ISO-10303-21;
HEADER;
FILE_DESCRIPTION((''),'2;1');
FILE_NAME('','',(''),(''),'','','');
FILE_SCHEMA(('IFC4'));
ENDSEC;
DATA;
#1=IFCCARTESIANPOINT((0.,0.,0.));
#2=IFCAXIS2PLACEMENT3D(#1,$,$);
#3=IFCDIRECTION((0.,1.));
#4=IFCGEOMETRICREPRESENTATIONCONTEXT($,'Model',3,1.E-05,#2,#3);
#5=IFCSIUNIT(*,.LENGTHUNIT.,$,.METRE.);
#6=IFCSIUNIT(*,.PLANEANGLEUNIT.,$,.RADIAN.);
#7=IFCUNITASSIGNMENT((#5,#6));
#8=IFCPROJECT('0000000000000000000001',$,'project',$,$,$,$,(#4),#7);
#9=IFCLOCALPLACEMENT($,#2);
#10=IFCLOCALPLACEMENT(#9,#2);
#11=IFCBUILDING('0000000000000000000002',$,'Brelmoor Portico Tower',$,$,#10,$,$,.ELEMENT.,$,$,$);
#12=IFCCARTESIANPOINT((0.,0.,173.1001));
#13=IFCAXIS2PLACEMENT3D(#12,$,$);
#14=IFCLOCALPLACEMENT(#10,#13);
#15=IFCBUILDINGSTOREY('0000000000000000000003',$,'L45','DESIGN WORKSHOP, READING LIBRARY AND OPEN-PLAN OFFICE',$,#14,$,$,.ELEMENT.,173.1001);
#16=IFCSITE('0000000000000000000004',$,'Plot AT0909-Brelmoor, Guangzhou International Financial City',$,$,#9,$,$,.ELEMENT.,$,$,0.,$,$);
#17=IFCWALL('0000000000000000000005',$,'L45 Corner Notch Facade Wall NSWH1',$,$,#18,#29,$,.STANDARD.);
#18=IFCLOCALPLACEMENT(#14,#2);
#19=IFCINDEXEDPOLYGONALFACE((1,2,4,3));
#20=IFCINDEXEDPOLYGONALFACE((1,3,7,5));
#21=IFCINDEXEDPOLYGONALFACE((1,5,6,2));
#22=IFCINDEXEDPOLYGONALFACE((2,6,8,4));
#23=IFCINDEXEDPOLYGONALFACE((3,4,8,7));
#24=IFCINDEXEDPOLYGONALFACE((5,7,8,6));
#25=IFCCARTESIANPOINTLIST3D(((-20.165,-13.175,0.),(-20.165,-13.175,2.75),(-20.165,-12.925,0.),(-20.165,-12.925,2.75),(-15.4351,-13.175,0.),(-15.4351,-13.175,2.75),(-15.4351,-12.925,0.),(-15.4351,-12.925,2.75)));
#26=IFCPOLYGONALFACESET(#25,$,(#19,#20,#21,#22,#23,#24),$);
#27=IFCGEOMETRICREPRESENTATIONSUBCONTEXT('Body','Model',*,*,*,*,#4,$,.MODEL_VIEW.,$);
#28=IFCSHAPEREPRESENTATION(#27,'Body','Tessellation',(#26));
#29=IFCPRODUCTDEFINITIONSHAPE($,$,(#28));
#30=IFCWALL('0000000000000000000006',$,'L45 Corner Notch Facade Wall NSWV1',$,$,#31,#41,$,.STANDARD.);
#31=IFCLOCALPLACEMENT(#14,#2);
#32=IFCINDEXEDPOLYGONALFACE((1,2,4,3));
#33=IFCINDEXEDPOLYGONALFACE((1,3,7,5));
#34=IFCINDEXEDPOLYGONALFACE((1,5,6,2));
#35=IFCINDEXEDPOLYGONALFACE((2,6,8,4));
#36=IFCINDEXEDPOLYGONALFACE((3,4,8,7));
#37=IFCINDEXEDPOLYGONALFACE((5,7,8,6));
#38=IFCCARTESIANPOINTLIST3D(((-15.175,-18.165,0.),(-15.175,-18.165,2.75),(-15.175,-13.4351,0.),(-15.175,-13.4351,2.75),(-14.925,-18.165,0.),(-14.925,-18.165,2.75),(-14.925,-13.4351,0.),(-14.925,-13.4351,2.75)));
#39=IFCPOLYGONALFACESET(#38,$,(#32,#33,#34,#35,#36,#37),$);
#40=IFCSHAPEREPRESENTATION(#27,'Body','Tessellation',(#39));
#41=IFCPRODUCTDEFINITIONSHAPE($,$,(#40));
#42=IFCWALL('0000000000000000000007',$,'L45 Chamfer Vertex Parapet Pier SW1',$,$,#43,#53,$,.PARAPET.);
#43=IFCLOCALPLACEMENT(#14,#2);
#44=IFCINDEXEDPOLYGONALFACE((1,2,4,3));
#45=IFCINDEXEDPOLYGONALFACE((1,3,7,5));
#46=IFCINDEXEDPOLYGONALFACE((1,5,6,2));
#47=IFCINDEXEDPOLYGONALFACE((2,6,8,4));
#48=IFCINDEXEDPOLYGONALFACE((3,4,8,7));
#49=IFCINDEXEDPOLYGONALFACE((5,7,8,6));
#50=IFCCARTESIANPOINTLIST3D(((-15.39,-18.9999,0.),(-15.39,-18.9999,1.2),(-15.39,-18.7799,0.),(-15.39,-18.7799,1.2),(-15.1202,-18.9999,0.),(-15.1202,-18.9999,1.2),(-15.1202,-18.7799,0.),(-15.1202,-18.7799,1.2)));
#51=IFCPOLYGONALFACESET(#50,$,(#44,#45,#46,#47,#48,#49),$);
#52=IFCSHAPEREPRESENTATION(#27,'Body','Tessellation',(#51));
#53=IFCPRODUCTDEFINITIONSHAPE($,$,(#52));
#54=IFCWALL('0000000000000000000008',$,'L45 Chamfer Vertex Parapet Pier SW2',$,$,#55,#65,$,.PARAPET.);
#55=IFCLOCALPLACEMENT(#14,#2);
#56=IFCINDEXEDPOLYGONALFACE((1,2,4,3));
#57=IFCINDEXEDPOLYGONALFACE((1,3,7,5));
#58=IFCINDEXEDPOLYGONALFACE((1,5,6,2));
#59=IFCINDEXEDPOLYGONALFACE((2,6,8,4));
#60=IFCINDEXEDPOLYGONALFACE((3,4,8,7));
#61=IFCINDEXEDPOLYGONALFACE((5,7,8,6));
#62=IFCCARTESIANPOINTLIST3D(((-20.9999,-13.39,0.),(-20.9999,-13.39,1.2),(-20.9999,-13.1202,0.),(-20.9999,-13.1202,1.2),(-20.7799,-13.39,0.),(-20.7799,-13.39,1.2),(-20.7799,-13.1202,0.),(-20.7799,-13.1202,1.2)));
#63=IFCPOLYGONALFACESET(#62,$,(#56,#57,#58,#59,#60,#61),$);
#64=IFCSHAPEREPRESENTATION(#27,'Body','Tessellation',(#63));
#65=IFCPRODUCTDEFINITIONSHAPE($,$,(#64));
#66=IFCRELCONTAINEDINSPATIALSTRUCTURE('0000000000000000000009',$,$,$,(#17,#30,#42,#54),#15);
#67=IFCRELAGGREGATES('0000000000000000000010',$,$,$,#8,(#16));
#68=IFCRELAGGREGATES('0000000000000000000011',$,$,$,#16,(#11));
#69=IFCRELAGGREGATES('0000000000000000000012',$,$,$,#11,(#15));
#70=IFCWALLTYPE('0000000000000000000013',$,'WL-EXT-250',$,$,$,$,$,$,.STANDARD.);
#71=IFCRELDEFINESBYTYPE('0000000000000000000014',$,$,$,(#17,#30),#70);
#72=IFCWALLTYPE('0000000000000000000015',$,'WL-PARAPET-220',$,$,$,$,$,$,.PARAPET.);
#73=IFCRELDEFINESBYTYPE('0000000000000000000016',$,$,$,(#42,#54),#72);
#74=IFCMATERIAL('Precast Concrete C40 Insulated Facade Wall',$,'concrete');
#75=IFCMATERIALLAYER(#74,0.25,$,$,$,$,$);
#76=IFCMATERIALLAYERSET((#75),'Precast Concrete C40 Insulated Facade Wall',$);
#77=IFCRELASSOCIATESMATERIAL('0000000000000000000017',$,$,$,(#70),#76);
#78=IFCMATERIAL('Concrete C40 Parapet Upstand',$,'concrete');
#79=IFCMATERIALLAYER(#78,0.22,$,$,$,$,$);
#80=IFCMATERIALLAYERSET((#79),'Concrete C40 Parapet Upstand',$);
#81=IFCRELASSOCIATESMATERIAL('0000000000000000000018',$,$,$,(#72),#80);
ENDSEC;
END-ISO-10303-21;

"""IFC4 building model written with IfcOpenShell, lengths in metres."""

from ifc_helpers import new_model, si_unit, direction, frame, frame_2d, origin, place, context, subcontext, project, spatial, rectangle, extrude, material, layer, layer_set, type_object, element, save


model = new_model("IFC4")

# Units and contexts
model_context = context("Model", 3, precision=1e-05, world=origin(), true_north=direction((0.0, 1.0)))
body_context = subcontext(model_context, "Body", "Model", "MODEL_VIEW")
ifc_project = project(units=[si_unit("LENGTHUNIT", "METRE"), si_unit("PLANEANGLEUNIT", "RADIAN")], contexts=[model_context])

# Site, building, storey
site_placement = place(None, origin())
site = spatial("IfcSite", under=ifc_project, at=site_placement, Name="Plot AT0909-Brelmoor, Guangzhou International Financial City", CompositionType="ELEMENT", RefElevation=0.0)
building_placement = place(site_placement, origin())
building = spatial("IfcBuilding", under=site, at=building_placement, Name="Brelmoor Portico Tower", CompositionType="ELEMENT")
storey_placement = place(building_placement, frame((0.0, 0.0, 173.1001)))
storey = spatial("IfcBuildingStorey", under=building, at=storey_placement, Name="L45", Description="DESIGN WORKSHOP, READING LIBRARY AND OPEN-PLAN OFFICE", CompositionType="ELEMENT", Elevation=173.1001)

# Walls
ifc_material_1 = material(Name="Precast Concrete C40 Insulated Facade Wall", Category="concrete")
ifc_layer_1 = layer(ifc_material_1, 0.25)
ifc_layer_set_1 = layer_set([ifc_layer_1], Name="Precast Concrete C40 Insulated Facade Wall")
wall_type_1 = type_object("IfcWallType", Name="WL-EXT-250", PredefinedType="STANDARD", material=ifc_layer_set_1)
for number, where, z_axis, x_axis, name in (
    (1, (-20.165, -13.05, 0.0), (0.0, 0.0, 1.0), (1.0, 0.0, 0.0), "L45 Corner Notch Facade Wall NSWH1"),
    (2, (-15.05, -18.165, 0.0), (0.0, 0.0, 1.0), (0.0, 1.0, 0.0), "L45 Corner Notch Facade Wall NSWV1"),
):
    element("IfcWall", number, at=place(storey_placement, frame(where, z_axis=z_axis, x_axis=x_axis)), inside=storey, type_object=wall_type_1, Name=name, PredefinedType="STANDARD", context=body_context, shape_type="SweptSolid", body=[
        extrude(rectangle(XDim=4.73, YDim=0.25, at=frame_2d((2.365, 0.0))), origin(), (0.0, 0.0, 1.0), 2.75),
    ])
ifc_material_2 = material(Name="Concrete C40 Parapet Upstand", Category="concrete")
ifc_layer_2 = layer(ifc_material_2, 0.22)
ifc_layer_set_2 = layer_set([ifc_layer_2], Name="Concrete C40 Parapet Upstand")
wall_type_2 = type_object("IfcWallType", Name="WL-PARAPET-220", PredefinedType="PARAPET", material=ifc_layer_set_2)
for number, where, z_axis, x_axis, name in (
    (3, (-15.3899, -18.8899, 0.0), (0.0, 0.0, 1.0), (1.0, 0.0, 0.0), "L45 Chamfer Vertex Parapet Pier SW1"),
    (4, (-20.8899, -13.3899, 0.0), (0.0, 0.0, 1.0), (0.0, 1.0, 0.0), "L45 Chamfer Vertex Parapet Pier SW2"),
):
    element("IfcWall", number, at=place(storey_placement, frame(where, z_axis=z_axis, x_axis=x_axis)), inside=storey, type_object=wall_type_2, Name=name, PredefinedType="PARAPET", context=body_context, shape_type="SweptSolid", body=[
        extrude(rectangle(XDim=0.2698, YDim=0.22, at=frame_2d((0.1348, 0.0))), origin(), (0.0, 0.0, 1.0), 1.2),
    ])

save(model, "model.ifc")
